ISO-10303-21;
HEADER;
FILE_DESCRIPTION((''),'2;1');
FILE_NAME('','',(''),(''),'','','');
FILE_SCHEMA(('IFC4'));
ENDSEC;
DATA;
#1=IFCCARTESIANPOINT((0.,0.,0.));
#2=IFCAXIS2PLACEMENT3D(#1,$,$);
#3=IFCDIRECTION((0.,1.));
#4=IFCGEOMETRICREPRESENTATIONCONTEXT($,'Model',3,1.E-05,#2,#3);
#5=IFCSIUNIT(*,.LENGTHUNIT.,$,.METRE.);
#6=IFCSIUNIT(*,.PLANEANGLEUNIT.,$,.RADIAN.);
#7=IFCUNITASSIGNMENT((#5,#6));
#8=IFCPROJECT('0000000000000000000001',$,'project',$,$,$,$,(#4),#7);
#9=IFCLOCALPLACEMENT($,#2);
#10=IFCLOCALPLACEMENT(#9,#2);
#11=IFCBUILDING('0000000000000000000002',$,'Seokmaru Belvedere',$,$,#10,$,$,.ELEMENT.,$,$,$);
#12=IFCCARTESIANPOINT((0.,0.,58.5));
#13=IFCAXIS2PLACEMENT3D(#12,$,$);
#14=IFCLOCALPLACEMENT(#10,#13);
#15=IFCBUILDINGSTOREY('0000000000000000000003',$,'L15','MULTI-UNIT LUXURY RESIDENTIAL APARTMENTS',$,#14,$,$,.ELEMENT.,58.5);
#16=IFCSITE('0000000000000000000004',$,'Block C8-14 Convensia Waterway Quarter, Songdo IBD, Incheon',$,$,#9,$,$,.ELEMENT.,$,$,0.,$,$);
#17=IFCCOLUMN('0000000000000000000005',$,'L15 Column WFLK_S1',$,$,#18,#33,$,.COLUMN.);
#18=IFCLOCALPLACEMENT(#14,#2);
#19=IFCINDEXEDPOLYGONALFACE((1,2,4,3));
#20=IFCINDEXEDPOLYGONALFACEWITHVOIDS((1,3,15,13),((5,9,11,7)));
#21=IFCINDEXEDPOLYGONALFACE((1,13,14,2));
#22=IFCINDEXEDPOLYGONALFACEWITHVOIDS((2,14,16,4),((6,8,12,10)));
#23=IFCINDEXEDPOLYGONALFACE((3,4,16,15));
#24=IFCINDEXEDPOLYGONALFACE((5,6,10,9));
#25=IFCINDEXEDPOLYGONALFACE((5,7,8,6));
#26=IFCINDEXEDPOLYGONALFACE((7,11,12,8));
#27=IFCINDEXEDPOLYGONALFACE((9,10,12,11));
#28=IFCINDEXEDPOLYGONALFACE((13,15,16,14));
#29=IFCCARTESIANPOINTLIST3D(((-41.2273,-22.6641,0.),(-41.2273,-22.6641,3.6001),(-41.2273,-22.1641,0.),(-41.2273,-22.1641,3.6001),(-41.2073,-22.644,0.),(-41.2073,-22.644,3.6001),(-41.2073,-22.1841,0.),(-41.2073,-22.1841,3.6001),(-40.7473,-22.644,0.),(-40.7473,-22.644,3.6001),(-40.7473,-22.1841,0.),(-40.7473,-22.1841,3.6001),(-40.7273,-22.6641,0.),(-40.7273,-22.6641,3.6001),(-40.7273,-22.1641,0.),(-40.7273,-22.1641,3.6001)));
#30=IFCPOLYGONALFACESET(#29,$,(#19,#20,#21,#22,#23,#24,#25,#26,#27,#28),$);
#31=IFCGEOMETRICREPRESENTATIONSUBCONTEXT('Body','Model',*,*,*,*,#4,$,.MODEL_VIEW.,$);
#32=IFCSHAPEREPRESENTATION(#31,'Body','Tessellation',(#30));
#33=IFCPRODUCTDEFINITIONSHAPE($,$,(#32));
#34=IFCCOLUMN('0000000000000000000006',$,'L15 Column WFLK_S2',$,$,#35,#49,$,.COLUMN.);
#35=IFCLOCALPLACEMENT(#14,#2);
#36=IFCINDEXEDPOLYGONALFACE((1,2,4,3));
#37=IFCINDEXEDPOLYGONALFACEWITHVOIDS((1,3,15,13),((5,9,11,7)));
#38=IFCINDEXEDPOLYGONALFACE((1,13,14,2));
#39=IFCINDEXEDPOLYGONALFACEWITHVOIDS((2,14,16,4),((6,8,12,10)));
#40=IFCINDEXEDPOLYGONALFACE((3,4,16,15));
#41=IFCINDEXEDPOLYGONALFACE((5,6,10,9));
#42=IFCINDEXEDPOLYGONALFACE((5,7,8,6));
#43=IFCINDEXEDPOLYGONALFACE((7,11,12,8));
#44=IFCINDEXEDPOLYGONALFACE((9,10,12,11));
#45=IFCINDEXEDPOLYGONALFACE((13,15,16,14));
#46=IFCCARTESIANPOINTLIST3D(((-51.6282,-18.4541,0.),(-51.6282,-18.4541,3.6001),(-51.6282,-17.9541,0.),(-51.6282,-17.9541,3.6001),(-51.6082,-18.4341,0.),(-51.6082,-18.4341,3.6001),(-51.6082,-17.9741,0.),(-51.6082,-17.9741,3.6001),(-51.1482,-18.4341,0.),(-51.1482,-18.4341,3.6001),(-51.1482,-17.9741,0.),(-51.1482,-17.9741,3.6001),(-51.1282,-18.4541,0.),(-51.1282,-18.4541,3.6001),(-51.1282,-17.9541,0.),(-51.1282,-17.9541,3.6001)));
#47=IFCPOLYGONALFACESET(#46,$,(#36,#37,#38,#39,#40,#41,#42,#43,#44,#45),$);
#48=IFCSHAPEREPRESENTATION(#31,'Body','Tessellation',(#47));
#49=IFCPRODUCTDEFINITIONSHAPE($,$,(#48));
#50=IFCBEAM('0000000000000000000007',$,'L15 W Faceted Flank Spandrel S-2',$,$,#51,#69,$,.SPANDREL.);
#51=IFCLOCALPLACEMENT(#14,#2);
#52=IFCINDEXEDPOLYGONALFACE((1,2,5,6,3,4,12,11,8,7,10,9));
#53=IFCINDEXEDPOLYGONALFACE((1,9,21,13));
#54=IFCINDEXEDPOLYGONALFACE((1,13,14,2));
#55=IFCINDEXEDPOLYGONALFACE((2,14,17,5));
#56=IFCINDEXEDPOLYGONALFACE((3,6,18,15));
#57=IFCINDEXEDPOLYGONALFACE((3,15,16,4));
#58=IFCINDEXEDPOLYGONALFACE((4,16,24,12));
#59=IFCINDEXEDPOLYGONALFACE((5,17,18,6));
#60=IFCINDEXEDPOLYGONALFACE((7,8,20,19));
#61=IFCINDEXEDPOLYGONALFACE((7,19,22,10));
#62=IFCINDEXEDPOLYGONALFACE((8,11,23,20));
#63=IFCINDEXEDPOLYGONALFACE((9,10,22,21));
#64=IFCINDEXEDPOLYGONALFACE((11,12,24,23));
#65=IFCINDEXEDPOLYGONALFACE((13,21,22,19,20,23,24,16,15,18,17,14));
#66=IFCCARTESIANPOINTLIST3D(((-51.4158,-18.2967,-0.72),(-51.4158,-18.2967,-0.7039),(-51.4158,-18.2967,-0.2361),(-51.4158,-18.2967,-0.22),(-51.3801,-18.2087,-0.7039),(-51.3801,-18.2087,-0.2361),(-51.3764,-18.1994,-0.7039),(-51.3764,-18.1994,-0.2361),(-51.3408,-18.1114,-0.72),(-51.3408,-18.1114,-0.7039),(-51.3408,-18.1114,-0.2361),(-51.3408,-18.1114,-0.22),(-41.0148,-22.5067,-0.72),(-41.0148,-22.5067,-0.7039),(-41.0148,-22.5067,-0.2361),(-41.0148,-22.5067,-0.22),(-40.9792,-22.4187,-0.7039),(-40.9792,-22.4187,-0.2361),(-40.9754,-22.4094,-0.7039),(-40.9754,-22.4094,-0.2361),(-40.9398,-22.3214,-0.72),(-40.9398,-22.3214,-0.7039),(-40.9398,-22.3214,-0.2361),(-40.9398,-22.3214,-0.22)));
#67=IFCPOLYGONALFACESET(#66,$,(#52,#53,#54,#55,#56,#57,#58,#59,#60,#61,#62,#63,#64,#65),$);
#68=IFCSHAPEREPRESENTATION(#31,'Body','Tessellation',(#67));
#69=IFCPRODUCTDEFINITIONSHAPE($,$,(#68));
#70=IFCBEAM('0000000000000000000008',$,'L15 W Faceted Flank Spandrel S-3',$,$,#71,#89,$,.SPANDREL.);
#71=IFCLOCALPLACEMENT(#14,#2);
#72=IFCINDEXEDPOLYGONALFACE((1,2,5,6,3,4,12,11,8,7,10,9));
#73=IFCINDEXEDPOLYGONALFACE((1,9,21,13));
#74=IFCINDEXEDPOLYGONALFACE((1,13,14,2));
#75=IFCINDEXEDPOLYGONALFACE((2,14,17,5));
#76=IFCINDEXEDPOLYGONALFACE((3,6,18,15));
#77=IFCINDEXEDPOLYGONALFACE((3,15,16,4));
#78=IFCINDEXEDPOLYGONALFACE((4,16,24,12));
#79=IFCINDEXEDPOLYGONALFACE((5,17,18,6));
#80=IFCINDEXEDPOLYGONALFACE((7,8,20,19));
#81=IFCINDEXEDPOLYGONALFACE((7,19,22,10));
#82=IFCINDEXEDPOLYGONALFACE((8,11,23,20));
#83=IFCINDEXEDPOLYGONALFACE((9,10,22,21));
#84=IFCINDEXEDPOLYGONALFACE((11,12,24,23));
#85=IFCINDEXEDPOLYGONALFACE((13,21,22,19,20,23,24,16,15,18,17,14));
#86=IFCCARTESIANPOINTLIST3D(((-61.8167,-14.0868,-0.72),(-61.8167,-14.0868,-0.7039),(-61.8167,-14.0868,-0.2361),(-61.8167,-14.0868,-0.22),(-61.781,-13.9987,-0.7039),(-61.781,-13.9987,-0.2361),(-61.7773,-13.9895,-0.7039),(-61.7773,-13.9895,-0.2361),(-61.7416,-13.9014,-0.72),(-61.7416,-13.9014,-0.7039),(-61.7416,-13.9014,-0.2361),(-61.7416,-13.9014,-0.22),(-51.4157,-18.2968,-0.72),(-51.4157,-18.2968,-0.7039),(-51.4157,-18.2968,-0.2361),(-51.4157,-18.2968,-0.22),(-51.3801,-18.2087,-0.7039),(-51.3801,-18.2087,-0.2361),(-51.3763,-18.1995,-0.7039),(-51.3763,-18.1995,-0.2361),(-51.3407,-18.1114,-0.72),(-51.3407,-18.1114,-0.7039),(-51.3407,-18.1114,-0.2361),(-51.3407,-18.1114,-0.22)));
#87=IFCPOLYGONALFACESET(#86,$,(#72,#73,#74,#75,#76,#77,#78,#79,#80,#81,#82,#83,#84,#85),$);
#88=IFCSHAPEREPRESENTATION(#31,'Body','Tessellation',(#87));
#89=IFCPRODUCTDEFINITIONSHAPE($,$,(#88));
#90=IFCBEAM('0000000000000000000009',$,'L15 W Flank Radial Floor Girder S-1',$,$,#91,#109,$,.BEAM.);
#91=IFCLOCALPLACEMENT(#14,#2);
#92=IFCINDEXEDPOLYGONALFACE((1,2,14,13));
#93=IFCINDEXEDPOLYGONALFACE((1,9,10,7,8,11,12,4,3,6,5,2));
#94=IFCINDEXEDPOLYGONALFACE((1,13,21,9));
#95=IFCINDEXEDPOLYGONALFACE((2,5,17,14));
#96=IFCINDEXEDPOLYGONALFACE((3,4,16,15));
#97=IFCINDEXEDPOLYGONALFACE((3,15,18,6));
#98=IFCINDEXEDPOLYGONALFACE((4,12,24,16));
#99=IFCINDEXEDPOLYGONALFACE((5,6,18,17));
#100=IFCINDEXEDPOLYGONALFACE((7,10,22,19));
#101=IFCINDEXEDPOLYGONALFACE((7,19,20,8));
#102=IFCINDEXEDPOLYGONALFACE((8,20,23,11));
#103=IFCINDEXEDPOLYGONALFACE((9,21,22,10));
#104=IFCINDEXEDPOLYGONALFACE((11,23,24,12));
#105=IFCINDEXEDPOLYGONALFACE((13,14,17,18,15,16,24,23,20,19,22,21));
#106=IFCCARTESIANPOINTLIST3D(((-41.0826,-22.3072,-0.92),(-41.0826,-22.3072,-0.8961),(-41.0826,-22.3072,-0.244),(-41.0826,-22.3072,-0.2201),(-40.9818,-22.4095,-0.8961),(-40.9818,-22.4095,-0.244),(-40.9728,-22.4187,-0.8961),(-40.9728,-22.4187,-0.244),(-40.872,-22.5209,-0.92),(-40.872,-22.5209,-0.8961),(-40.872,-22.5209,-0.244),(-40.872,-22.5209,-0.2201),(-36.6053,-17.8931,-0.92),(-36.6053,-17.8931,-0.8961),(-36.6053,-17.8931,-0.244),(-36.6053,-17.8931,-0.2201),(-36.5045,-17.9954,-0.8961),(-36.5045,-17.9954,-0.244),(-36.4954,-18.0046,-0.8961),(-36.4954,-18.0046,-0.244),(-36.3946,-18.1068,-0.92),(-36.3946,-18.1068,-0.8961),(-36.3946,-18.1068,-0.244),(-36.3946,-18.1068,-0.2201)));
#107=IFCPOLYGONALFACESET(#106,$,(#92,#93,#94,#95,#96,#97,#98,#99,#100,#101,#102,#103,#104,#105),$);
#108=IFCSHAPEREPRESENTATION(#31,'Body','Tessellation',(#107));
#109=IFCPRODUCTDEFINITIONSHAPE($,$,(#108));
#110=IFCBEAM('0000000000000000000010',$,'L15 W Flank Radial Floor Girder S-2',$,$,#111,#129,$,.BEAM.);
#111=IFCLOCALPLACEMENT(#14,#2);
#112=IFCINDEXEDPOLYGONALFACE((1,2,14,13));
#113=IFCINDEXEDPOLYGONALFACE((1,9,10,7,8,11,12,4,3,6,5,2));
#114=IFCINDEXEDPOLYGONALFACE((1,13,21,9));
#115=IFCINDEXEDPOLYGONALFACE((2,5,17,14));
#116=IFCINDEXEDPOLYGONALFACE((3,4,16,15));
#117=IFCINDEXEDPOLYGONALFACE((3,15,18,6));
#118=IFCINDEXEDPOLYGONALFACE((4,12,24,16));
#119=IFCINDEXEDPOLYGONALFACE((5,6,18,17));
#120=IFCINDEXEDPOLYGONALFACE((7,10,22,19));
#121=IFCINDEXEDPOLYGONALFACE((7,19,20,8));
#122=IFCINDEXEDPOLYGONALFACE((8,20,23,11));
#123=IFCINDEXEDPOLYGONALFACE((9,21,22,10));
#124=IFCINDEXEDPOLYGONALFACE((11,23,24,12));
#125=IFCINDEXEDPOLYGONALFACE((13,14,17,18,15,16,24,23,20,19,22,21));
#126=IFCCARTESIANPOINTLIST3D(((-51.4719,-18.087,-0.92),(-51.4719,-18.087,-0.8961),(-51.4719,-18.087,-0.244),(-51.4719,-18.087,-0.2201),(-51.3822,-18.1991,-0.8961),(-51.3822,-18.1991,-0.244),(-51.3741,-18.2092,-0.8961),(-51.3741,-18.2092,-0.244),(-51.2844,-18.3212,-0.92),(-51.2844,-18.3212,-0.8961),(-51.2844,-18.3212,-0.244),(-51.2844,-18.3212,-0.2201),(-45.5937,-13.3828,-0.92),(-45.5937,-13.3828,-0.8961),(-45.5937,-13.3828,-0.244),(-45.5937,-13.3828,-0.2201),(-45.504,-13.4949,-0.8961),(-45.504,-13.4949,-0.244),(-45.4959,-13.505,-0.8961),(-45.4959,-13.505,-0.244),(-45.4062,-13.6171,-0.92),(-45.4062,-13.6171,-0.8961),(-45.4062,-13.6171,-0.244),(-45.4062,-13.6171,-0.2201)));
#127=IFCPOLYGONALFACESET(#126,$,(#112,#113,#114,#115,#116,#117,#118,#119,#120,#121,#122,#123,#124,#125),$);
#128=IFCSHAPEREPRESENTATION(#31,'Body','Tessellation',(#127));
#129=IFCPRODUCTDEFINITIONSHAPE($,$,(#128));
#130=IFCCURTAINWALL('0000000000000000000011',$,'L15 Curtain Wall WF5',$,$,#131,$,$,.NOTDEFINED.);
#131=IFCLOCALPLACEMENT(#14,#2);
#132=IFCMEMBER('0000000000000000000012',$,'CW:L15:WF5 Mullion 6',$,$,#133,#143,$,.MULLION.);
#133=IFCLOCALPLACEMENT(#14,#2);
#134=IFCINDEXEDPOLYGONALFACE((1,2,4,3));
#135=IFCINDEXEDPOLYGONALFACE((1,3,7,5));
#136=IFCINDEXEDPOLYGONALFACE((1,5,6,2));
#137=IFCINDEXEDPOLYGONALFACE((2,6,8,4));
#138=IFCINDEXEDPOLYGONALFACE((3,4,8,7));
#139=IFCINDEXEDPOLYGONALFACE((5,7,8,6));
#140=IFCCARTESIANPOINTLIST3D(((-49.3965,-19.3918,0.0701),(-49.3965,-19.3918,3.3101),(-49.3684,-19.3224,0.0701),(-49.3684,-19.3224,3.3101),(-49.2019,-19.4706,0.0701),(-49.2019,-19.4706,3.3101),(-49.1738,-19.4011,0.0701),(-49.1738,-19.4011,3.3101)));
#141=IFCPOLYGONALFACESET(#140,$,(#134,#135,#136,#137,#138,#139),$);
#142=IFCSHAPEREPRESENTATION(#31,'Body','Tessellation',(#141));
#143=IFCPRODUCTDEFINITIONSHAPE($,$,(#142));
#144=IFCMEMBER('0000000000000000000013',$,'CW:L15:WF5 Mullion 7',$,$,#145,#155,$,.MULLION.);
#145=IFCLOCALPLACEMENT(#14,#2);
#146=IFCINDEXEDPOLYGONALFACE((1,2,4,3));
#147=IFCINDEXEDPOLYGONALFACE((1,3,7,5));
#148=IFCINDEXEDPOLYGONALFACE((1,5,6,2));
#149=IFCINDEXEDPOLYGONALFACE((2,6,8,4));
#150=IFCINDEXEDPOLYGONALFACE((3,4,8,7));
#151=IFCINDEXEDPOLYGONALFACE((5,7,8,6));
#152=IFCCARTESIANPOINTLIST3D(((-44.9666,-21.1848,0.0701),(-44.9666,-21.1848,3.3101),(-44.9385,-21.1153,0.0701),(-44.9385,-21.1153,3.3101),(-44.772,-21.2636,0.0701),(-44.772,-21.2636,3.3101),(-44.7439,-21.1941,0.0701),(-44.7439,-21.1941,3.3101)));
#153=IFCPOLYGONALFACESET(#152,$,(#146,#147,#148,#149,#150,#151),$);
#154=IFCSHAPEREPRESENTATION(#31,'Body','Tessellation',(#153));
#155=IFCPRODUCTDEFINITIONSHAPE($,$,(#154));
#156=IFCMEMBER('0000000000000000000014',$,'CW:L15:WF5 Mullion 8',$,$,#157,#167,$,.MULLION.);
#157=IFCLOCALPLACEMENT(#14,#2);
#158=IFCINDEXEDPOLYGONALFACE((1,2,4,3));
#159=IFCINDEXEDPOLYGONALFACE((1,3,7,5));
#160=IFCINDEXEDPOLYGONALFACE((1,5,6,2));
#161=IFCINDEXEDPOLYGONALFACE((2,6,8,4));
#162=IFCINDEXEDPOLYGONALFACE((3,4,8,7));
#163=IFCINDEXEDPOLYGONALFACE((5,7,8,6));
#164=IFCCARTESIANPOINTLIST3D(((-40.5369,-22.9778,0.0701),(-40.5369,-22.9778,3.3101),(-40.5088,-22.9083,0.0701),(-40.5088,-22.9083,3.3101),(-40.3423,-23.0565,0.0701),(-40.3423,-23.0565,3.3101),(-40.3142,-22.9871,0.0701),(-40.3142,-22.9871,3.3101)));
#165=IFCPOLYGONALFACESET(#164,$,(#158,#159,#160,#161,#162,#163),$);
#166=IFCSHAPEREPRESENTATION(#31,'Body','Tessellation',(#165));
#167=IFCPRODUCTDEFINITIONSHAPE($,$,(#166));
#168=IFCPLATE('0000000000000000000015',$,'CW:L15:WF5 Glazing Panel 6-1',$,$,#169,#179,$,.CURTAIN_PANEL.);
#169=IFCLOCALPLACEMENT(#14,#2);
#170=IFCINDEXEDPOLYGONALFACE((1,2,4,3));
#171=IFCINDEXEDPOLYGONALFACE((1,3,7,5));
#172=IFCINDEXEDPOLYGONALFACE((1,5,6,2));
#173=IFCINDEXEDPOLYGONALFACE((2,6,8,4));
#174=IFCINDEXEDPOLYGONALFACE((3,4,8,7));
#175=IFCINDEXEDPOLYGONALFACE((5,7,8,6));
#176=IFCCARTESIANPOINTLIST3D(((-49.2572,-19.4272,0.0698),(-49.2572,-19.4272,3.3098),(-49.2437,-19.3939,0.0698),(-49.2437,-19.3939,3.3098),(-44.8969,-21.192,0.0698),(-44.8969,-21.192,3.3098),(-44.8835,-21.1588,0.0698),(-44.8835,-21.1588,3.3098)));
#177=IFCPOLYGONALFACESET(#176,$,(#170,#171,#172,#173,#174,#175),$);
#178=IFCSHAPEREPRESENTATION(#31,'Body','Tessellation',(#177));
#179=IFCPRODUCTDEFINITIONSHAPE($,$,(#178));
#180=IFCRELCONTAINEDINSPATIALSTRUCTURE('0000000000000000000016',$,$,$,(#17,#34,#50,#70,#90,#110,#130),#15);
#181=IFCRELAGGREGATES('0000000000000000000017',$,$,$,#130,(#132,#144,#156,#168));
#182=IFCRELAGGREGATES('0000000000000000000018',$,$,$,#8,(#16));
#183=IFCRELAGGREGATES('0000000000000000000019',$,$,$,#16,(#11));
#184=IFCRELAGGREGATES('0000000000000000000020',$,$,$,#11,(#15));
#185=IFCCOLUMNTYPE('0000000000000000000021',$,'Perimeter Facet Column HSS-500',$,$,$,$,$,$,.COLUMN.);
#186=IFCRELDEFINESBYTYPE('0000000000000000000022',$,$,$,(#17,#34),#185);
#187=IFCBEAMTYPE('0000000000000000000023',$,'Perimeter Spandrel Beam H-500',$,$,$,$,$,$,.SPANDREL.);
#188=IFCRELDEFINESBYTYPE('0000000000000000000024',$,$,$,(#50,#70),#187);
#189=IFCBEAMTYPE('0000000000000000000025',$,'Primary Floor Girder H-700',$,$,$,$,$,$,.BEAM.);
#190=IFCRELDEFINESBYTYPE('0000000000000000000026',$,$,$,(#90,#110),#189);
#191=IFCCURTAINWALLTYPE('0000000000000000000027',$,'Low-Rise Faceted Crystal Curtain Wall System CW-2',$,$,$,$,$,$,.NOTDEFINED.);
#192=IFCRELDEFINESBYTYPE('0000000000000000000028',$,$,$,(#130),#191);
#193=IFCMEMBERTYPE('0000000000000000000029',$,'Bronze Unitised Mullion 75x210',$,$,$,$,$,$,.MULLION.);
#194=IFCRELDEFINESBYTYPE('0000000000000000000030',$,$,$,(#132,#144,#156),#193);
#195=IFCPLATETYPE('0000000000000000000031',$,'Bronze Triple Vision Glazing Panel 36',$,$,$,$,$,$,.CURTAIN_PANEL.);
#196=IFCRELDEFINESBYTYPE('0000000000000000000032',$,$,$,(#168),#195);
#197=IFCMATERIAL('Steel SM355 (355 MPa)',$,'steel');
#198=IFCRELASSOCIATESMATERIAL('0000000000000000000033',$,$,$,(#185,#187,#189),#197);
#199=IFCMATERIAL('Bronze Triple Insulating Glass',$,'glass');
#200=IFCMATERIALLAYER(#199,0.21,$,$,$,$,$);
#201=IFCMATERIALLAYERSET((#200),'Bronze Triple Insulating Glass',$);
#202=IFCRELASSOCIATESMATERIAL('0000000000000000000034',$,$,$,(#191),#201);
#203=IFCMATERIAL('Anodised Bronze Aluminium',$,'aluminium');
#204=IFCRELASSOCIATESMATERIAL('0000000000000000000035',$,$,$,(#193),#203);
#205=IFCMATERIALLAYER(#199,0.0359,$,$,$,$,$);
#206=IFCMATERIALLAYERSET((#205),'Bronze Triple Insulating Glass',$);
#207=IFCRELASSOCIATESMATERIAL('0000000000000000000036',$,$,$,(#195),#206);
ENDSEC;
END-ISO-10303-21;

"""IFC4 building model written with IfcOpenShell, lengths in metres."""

from ifc_helpers import new_model, si_unit, direction, frame, origin, origin_2d, place, context, subcontext, project, spatial, rectangle, hollow_rectangle, i_section, extrude, source, transform, mapped, material, layer, layer_set, material_profile, profile_set, type_object, type_shapes, element, aggregate, save


model = new_model("IFC4")

# Units and contexts
model_context = context("Model", 3, precision=1e-05, world=origin(), true_north=direction((0.0, 1.0)))
body_context = subcontext(model_context, "Body", "Model", "MODEL_VIEW")
ifc_project = project(units=[si_unit("LENGTHUNIT", "METRE"), si_unit("PLANEANGLEUNIT", "RADIAN")], contexts=[model_context])

# Site, building, storey
site_placement = place(None, origin())
site = spatial("IfcSite", under=ifc_project, at=site_placement, Name="Block C8-14 Convensia Waterway Quarter, Songdo IBD, Incheon", CompositionType="ELEMENT", RefElevation=0.0)
building_placement = place(site_placement, origin())
building = spatial("IfcBuilding", under=site, at=building_placement, Name="Seokmaru Belvedere", CompositionType="ELEMENT")
storey_placement = place(building_placement, frame((0.0, 0.0, 58.5)))
storey = spatial("IfcBuildingStorey", under=building, at=storey_placement, Name="L15", Description="MULTI-UNIT LUXURY RESIDENTIAL APARTMENTS", CompositionType="ELEMENT", Elevation=58.5)

# Columns
ifc_material_1 = material(Name="Steel SM355 (355 MPa)", Category="steel")
ifc_material_profile_1 = material_profile(ifc_material_1, hollow_rectangle(XDim=0.5, YDim=0.5, WallThickness=0.02, at=origin_2d()), Name="HSS-500x500x20")
ifc_profile_set_1 = profile_set([ifc_material_profile_1], Name="Steel SM355 (355 MPa)")
column_type = type_object("IfcColumnType", Name="Perimeter Facet Column HSS-500", PredefinedType="COLUMN", material=ifc_profile_set_1)
shared_shape_1 = source(origin(), body_context, "Body", "SweptSolid", [
    extrude(hollow_rectangle(XDim=0.5, YDim=0.5, WallThickness=0.02, at=origin_2d()), origin(), (0.0, 0.0, 1.0), 3.6001),
])
type_shapes(column_type, [shared_shape_1])
for number, where, z_axis, x_axis, name in (
    (1, (-40.9773, -22.4141, 0.0), (0.0, 0.0, 1.0), (1.0, 0.0, 0.0), "L15 Column WFLK_S1"),
    (2, (-51.3782, -18.2041, 0.0), (0.0, 0.0, 1.0), (1.0, 0.0, 0.0), "L15 Column WFLK_S2"),
):
    element("IfcColumn", number, at=place(storey_placement, frame(where, z_axis=z_axis, x_axis=x_axis)), inside=storey, type_object=column_type, Name=name, PredefinedType="COLUMN", context=body_context, shape_type="MappedRepresentation", body=[
        mapped(shared_shape_1, transform((0.0, 0.0, 0.0), scale=1.0)),
    ])

# Beams
ifc_material_profile_2 = material_profile(ifc_material_1, i_section(OverallWidth=0.2, OverallDepth=0.5, WebThickness=0.01, FlangeThickness=0.0161, at=origin_2d()), Name="H-500x200x10x16")
ifc_profile_set_2 = profile_set([ifc_material_profile_2], Name="Steel SM355 (355 MPa)")
beam_type_1 = type_object("IfcBeamType", Name="Perimeter Spandrel Beam H-500", PredefinedType="SPANDREL", material=ifc_profile_set_2)
shared_shape_2 = source(origin(), body_context, "Body", "SweptSolid", [
    extrude(i_section(OverallWidth=0.2, OverallDepth=0.5, WebThickness=0.01, FlangeThickness=0.0161, at=origin_2d()), origin(), (0.0, 0.0, 1.0), 11.2207),
])
type_shapes(beam_type_1, [shared_shape_2])
for number, where, z_axis, x_axis, name in (
    (3, (-40.9773, -22.4141, -0.47), (-0.926944, 0.375199, 0.0), (-0.375199, -0.926944, 0.0), "L15 W Faceted Flank Spandrel S-2"),
    (4, (-51.3782, -18.2041, -0.47), (-0.926944, 0.375199, 0.0), (-0.375199, -0.926944, 0.0), "L15 W Faceted Flank Spandrel S-3"),
):
    element("IfcBeam", number, at=place(storey_placement, frame(where, z_axis=z_axis, x_axis=x_axis)), inside=storey, type_object=beam_type_1, Name=name, PredefinedType="SPANDREL", context=body_context, shape_type="MappedRepresentation", body=[
        mapped(shared_shape_2, transform((0.0, 0.0, 0.0), scale=1.0)),
    ])
ifc_material_profile_3 = material_profile(ifc_material_1, i_section(OverallWidth=0.3, OverallDepth=0.7, WebThickness=0.0129, FlangeThickness=0.0239, at=origin_2d()), Name="H-700x300x13x24")
ifc_profile_set_3 = profile_set([ifc_material_profile_3], Name="Steel SM355 (355 MPa)")
beam_type_2 = type_object("IfcBeamType", Name="Primary Floor Girder H-700", PredefinedType="BEAM", material=ifc_profile_set_3)
shared_shape_3 = source(origin(), body_context, "Body", "SweptSolid", [
    extrude(i_section(OverallWidth=0.3, OverallDepth=0.7, WebThickness=0.0129, FlangeThickness=0.0239, at=origin_2d()), origin(), (0.0, 0.0, 1.0), 6.2874),
])
beam_1_placement = place(storey_placement, frame((-40.9773, -22.4141, -0.5701), z_axis=(0.712117, 0.70206, 0.0), x_axis=(-0.70206, 0.712117, 0.0)))
element("IfcBeam", 5, at=beam_1_placement, inside=storey, type_object=beam_type_2, Name="L15 W Flank Radial Floor Girder S-1", PredefinedType="BEAM", context=body_context, shape_type="MappedRepresentation", body=[
    mapped(shared_shape_3, transform((0.0, 0.0, 0.0), scale=1.0)),
])
shared_shape_4 = source(origin(), body_context, "Body", "SweptSolid", [
    extrude(i_section(OverallWidth=0.3, OverallDepth=0.7, WebThickness=0.0129, FlangeThickness=0.0239, at=origin_2d()), origin(), (0.0, 0.0, 1.0), 7.5288),
])
type_shapes(beam_type_2, [shared_shape_3, shared_shape_4])
beam_2_placement = place(storey_placement, frame((-51.3782, -18.2041, -0.5701), z_axis=(0.780768, 0.624822, 0.0), x_axis=(-0.624822, 0.780768, 0.0)))
element("IfcBeam", 6, at=beam_2_placement, inside=storey, type_object=beam_type_2, Name="L15 W Flank Radial Floor Girder S-2", PredefinedType="BEAM", context=body_context, shape_type="MappedRepresentation", body=[
    mapped(shared_shape_4, transform((0.0, 0.0, 0.0), scale=1.0)),
])

# Curtain wall, members, plate
ifc_material_2 = material(Name="Bronze Triple Insulating Glass", Category="glass")
ifc_layer_1 = layer(ifc_material_2, 0.21)
ifc_layer_set_1 = layer_set([ifc_layer_1], Name="Bronze Triple Insulating Glass")
curtain_wall_type = type_object("IfcCurtainWallType", Name="Low-Rise Faceted Crystal Curtain Wall System CW-2", PredefinedType="NOTDEFINED", material=ifc_layer_set_1)
curtain_wall_placement = place(storey_placement, origin())
curtain_wall = element("IfcCurtainWall", 7, at=curtain_wall_placement, inside=storey, type_object=curtain_wall_type, Name="L15 Curtain Wall WF5", PredefinedType="NOTDEFINED")
ifc_material_3 = material(Name="Anodised Bronze Aluminium", Category="aluminium")
ifc_material_profile_4 = material_profile(ifc_material_3, rectangle(XDim=0.075, YDim=0.21, at=origin_2d()), Name="CW-M-75x210")
ifc_profile_set_4 = profile_set([ifc_material_profile_4], Name="Anodised Bronze Aluminium")
member_type = type_object("IfcMemberType", Name="Bronze Unitised Mullion 75x210", PredefinedType="MULLION", material=ifc_profile_set_4)
shared_shape_5 = source(origin(), body_context, "Body", "SweptSolid", [
    extrude(rectangle(XDim=0.075, YDim=0.21, at=origin_2d()), origin(), (0.0, 0.0, 1.0), 3.24),
])
type_shapes(member_type, [shared_shape_5])
member_1_placement = place(storey_placement, frame((-49.2852, -19.3965, 0.0701), z_axis=(0.0, 0.0, 1.0), x_axis=(0.375192, 0.926947, 0.0)))
member_1 = element("IfcMember", 8, at=member_1_placement, type_object=member_type, Name="CW:L15:WF5 Mullion 6", PredefinedType="MULLION", context=body_context, shape_type="MappedRepresentation", body=[
    mapped(shared_shape_5, transform((0.0, 0.0, 0.0), scale=1.0)),
])
member_2_placement = place(storey_placement, frame((-44.8552, -21.1895, 0.0701), z_axis=(0.0, 0.0, 1.0), x_axis=(0.375192, 0.926947, 0.0)))
member_2 = element("IfcMember", 9, at=member_2_placement, type_object=member_type, Name="CW:L15:WF5 Mullion 7", PredefinedType="MULLION", context=body_context, shape_type="MappedRepresentation", body=[
    mapped(shared_shape_5, transform((0.0, 0.0, 0.0), scale=1.0)),
])
member_3_placement = place(storey_placement, frame((-40.4255, -22.9824, 0.0701), z_axis=(0.0, 0.0, 1.0), x_axis=(0.375192, 0.926947, 0.0)))
member_3 = element("IfcMember", 10, at=member_3_placement, type_object=member_type, Name="CW:L15:WF5 Mullion 8", PredefinedType="MULLION", context=body_context, shape_type="MappedRepresentation", body=[
    mapped(shared_shape_5, transform((0.0, 0.0, 0.0), scale=1.0)),
])
ifc_layer_2 = layer(ifc_material_2, 0.0359)
ifc_layer_set_2 = layer_set([ifc_layer_2], Name="Bronze Triple Insulating Glass")
plate_type = type_object("IfcPlateType", Name="Bronze Triple Vision Glazing Panel 36", PredefinedType="CURTAIN_PANEL", material=ifc_layer_set_2)
shared_shape_6 = source(origin(), body_context, "Body", "SweptSolid", [
    extrude(rectangle(XDim=4.7039, YDim=0.0359, at=origin_2d()), origin(), (0.0, 0.0, 1.0), 3.24),
])
type_shapes(plate_type, [shared_shape_6])
plate_1_placement = place(storey_placement, frame((-47.0703, -20.293, 0.0698), z_axis=(0.0, 0.0, 1.0), x_axis=(0.926947, -0.375192, 0.0)))
plate_1 = element("IfcPlate", 11, at=plate_1_placement, type_object=plate_type, Name="CW:L15:WF5 Glazing Panel 6-1", PredefinedType="CURTAIN_PANEL", context=body_context, shape_type="MappedRepresentation", body=[
    mapped(shared_shape_6, transform((0.0, 0.0, 0.0), scale=1.0)),
])
aggregate(curtain_wall, [member_1, member_2, member_3, plate_1])

save(model, "model.ifc")
